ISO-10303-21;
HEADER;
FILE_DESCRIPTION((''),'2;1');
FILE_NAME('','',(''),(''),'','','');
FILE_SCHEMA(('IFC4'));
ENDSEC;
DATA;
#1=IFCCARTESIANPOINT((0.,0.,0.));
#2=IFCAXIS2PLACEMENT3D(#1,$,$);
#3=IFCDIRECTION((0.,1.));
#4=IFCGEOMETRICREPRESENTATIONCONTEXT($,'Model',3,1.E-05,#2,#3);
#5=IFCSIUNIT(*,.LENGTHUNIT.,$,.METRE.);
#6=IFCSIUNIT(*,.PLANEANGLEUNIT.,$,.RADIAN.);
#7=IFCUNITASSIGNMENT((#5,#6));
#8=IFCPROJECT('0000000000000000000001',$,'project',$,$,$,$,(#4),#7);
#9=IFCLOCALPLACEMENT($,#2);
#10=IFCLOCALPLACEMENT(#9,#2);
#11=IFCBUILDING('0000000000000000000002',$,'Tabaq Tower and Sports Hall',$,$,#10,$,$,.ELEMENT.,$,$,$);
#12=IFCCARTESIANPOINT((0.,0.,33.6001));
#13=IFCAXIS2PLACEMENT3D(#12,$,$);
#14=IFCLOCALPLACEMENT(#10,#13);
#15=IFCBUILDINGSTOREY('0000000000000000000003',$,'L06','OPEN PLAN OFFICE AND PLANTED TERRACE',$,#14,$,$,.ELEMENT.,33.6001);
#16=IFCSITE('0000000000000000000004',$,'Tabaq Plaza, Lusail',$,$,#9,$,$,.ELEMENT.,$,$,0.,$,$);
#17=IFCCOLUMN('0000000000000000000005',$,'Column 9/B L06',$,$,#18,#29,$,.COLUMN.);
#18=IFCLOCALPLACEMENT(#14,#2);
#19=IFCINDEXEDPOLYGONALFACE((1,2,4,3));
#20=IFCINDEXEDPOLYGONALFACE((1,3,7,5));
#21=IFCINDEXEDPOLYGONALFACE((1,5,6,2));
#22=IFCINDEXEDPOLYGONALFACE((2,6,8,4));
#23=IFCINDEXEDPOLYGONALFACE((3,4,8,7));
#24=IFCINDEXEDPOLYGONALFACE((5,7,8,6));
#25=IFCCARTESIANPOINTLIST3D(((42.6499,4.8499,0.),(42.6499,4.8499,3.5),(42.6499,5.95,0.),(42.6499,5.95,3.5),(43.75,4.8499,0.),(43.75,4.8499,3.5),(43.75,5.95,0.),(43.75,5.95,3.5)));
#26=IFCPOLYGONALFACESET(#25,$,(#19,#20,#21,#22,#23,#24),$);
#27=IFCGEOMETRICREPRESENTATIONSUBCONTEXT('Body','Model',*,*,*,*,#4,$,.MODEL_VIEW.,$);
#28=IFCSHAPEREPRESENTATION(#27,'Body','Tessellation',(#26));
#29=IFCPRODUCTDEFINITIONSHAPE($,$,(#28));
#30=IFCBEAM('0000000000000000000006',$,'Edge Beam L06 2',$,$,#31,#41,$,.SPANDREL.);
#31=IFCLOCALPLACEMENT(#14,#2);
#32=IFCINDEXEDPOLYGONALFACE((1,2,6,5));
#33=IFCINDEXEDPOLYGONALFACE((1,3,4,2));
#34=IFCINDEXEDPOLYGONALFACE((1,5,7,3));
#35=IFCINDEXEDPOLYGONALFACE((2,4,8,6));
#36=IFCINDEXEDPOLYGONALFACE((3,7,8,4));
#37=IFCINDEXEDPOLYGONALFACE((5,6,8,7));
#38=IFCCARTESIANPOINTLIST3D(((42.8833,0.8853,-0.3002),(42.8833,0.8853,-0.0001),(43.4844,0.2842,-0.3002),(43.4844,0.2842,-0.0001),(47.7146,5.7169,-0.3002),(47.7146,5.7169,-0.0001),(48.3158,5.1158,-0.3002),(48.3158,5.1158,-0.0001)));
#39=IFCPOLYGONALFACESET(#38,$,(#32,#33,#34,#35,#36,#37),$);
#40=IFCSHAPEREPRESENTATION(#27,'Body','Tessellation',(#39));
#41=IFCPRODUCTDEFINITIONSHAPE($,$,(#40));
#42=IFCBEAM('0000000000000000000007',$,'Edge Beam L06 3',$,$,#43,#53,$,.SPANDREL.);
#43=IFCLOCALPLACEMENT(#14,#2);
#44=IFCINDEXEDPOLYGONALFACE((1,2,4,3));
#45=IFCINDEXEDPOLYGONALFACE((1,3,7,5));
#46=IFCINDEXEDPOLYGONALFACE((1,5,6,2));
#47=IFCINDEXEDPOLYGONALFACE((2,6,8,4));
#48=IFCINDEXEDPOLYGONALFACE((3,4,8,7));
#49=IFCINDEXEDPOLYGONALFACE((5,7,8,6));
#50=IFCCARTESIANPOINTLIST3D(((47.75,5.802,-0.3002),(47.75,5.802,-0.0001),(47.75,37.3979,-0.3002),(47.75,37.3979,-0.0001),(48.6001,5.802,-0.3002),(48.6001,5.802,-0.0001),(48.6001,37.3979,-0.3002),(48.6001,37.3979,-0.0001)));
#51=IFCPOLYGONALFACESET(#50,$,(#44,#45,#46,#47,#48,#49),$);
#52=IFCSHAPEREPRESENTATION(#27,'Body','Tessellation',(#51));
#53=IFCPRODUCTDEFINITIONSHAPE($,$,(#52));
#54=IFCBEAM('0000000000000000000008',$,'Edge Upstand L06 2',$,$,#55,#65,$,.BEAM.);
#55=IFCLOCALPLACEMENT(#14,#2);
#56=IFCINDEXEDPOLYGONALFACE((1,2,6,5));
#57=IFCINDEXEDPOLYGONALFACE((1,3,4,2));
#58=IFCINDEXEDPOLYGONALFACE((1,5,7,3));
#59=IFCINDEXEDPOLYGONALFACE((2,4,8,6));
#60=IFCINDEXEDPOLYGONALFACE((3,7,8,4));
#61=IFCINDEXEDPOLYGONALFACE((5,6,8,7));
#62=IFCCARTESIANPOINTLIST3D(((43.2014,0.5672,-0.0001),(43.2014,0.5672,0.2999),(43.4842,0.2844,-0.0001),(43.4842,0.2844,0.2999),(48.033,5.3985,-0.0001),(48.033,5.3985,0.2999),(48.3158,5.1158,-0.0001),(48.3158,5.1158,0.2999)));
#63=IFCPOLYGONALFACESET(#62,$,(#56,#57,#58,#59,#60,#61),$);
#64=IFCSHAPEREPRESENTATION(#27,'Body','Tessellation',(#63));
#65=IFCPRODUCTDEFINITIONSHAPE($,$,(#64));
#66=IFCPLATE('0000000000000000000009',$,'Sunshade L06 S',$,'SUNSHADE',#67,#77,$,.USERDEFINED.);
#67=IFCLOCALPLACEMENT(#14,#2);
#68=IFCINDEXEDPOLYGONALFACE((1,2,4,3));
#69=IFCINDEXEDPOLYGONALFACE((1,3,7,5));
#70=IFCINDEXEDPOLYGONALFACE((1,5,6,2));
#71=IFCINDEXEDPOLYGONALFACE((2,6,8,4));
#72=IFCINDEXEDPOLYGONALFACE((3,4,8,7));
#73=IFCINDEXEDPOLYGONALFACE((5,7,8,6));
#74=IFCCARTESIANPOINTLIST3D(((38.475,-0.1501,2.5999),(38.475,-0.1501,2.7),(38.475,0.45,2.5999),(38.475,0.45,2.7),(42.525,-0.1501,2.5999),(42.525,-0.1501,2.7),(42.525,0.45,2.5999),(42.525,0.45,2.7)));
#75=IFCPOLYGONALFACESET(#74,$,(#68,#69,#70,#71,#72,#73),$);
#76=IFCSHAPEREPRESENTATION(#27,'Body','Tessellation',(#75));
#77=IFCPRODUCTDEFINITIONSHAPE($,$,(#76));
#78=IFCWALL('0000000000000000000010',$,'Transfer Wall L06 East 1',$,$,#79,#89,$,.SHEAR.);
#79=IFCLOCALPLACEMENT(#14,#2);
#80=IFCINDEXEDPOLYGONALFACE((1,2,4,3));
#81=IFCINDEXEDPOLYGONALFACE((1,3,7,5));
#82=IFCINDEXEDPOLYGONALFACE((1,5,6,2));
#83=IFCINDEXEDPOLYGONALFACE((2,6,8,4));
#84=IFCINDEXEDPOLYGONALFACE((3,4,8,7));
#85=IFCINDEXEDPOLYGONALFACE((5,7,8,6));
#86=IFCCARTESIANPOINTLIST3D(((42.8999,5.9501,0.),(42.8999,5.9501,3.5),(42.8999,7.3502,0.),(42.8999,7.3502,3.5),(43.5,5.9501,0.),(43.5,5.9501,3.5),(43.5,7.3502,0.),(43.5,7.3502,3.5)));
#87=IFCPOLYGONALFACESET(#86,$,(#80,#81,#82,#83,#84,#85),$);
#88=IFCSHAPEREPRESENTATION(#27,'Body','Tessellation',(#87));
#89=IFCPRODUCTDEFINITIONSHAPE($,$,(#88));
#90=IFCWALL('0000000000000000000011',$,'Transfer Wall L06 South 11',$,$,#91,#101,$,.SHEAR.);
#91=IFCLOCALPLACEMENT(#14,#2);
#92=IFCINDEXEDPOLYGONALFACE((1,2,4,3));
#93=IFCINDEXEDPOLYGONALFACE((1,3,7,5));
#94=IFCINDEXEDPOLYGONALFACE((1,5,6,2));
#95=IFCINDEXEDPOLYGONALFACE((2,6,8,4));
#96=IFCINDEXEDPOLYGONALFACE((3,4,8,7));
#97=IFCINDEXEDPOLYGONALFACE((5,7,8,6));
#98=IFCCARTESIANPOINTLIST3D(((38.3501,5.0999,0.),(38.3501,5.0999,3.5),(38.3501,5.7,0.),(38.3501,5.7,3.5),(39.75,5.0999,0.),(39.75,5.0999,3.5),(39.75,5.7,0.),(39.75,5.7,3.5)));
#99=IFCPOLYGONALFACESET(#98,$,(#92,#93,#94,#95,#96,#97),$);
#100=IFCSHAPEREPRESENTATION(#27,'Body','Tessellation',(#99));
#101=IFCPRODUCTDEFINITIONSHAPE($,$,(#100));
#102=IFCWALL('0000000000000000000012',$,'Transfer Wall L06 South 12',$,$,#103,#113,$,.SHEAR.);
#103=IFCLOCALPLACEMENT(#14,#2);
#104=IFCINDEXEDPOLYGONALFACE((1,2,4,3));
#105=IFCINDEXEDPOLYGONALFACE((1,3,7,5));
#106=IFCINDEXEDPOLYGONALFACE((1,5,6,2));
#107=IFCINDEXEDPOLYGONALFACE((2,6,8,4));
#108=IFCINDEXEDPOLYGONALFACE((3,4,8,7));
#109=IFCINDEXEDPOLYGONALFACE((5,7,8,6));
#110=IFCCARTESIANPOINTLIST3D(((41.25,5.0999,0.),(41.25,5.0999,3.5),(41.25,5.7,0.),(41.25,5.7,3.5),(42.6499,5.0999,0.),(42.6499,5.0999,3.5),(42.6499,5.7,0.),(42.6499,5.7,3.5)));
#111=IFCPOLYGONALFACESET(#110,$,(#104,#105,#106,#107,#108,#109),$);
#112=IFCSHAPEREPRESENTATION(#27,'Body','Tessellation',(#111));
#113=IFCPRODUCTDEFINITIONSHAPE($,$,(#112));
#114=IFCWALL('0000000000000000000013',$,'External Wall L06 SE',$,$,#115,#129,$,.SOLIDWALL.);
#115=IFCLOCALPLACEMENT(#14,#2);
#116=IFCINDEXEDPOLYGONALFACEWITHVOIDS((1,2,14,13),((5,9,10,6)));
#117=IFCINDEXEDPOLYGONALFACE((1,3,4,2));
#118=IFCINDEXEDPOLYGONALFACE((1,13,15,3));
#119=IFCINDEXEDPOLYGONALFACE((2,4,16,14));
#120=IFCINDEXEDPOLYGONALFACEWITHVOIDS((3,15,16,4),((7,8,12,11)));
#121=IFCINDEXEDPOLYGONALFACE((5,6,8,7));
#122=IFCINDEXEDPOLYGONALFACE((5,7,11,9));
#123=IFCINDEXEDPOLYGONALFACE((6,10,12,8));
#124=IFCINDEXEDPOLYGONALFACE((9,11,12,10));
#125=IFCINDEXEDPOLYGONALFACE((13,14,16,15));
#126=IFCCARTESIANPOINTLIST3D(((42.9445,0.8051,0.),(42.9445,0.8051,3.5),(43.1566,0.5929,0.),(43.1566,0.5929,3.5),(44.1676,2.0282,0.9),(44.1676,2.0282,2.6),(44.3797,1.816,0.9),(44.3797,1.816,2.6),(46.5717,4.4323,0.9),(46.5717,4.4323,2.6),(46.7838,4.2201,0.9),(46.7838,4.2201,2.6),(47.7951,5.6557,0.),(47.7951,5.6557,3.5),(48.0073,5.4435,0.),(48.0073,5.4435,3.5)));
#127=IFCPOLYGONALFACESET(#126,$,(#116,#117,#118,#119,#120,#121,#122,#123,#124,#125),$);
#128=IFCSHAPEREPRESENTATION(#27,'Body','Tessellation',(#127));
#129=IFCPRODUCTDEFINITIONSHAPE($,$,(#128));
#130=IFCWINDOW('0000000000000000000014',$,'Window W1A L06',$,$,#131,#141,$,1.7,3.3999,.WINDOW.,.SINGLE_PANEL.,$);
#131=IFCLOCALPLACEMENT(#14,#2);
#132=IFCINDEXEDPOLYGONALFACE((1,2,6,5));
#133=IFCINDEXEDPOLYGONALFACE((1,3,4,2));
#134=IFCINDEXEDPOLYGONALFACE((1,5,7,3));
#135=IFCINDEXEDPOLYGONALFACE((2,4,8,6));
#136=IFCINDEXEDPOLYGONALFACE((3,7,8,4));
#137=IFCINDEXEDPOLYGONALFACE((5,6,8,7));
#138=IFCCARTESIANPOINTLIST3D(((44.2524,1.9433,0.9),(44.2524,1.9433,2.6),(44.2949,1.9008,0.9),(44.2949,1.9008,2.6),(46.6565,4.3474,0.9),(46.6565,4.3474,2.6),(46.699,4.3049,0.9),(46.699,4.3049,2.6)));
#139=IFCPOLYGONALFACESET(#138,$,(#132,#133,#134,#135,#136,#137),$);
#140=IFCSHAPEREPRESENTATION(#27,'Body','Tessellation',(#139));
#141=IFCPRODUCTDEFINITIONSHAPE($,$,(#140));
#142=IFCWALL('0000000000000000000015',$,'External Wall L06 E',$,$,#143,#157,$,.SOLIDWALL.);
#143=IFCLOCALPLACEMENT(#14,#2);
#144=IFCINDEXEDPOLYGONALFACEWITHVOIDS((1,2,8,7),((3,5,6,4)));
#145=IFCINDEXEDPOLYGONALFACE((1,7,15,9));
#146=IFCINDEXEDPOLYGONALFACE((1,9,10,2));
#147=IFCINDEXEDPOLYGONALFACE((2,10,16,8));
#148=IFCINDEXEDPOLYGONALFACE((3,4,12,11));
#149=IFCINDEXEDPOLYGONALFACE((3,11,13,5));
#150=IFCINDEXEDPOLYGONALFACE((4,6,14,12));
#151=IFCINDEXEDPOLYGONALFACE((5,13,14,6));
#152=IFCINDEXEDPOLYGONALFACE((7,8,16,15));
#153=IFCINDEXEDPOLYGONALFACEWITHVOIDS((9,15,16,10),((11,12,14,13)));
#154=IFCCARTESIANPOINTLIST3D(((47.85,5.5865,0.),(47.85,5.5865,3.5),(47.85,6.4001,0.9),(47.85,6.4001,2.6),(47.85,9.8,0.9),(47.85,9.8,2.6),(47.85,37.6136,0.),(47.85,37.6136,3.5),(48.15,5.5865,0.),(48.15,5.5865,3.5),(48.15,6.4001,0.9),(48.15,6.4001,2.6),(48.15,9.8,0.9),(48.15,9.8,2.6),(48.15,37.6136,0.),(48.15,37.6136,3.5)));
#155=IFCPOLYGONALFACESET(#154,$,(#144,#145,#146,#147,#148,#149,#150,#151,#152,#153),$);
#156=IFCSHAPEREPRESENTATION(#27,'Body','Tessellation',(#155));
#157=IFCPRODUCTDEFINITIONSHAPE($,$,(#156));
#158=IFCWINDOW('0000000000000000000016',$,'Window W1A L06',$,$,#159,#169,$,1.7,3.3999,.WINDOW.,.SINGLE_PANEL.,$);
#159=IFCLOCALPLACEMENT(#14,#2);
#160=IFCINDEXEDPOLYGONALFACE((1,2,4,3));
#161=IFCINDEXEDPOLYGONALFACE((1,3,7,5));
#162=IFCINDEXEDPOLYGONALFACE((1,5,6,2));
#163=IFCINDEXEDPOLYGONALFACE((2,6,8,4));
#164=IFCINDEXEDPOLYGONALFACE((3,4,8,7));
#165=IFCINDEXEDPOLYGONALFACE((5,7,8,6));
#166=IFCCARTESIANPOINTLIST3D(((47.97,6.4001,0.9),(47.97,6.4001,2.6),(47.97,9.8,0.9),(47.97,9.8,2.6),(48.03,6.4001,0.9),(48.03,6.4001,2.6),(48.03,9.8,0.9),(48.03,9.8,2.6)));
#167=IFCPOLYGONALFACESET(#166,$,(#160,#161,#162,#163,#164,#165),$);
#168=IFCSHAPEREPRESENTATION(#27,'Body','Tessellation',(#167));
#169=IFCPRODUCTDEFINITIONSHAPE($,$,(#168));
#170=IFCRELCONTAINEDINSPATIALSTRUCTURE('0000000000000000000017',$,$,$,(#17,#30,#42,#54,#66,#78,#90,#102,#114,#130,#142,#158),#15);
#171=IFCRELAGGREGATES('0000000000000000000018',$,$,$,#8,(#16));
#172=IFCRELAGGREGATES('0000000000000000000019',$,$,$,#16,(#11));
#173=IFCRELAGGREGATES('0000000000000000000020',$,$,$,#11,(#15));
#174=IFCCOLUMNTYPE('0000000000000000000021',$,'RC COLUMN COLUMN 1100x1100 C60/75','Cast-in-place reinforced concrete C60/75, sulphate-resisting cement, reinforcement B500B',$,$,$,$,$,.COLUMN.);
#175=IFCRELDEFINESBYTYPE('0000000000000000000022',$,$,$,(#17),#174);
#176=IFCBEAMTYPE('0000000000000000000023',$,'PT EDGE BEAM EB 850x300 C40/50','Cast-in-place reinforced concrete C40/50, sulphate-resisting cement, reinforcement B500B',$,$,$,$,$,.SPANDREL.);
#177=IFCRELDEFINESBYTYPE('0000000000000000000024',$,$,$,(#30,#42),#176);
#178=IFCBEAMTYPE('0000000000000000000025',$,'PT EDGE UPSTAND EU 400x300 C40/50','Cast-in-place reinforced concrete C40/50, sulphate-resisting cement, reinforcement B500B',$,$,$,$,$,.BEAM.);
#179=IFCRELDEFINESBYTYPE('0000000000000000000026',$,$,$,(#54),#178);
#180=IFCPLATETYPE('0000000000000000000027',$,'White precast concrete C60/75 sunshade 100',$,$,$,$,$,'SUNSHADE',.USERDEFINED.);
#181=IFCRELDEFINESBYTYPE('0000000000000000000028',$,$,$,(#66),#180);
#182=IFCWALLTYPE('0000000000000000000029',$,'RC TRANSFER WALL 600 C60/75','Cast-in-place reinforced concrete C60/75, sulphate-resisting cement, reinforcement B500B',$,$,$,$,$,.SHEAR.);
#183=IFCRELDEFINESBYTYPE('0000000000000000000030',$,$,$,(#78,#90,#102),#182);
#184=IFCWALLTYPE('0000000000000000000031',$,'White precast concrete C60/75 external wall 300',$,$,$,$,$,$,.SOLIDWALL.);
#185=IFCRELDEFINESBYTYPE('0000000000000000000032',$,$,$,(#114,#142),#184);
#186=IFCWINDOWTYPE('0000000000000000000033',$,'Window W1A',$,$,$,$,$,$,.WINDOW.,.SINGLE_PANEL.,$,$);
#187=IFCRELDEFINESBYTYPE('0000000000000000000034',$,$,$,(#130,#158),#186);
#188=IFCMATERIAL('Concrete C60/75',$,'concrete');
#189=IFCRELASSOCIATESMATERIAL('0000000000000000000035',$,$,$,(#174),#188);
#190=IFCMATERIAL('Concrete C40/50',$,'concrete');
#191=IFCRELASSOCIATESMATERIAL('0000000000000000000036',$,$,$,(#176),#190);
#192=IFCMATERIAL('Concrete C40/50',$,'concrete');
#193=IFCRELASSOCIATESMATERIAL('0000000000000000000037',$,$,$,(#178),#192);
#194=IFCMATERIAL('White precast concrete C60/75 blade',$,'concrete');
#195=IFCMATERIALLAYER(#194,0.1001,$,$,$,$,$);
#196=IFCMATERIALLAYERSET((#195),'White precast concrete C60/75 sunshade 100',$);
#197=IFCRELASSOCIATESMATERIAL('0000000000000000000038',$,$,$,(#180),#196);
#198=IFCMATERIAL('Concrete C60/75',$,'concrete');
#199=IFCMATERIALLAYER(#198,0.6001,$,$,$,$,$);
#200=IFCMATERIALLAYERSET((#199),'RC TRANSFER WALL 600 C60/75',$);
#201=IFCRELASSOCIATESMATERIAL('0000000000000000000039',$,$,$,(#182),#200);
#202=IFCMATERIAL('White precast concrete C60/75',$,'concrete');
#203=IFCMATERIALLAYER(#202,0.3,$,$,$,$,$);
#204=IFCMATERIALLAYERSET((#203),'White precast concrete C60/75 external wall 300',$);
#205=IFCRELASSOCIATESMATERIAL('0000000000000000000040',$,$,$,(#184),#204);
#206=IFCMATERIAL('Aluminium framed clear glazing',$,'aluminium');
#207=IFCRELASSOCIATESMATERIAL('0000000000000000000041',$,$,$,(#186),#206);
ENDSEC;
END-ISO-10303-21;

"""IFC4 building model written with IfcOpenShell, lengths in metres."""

from ifc_helpers import new_model, si_unit, direction, frame, frame_2d, origin, origin_2d, place, context, subcontext, project, spatial, rectangle, extrude, material, layer, layer_set, material_profile, profile_set, type_object, element, fill, save


model = new_model("IFC4")

# Units and contexts
model_context = context("Model", 3, precision=1e-05, world=origin(), true_north=direction((0.0, 1.0)))
body_context = subcontext(model_context, "Body", "Model", "MODEL_VIEW")
ifc_project = project(units=[si_unit("LENGTHUNIT", "METRE"), si_unit("PLANEANGLEUNIT", "RADIAN")], contexts=[model_context])

# Site, building, storey
site_placement = place(None, origin())
site = spatial("IfcSite", under=ifc_project, at=site_placement, Name="Tabaq Plaza, Lusail", CompositionType="ELEMENT", RefElevation=0.0)
building_placement = place(site_placement, origin())
building = spatial("IfcBuilding", under=site, at=building_placement, Name="Tabaq Tower and Sports Hall", CompositionType="ELEMENT")
storey_placement = place(building_placement, frame((0.0, 0.0, 33.6001)))
storey = spatial("IfcBuildingStorey", under=building, at=storey_placement, Name="L06", Description="OPEN PLAN OFFICE AND PLANTED TERRACE", CompositionType="ELEMENT", Elevation=33.6001)

# Column
ifc_material_1 = material(Name="Concrete C60/75", Category="concrete")
ifc_material_profile_1 = material_profile(ifc_material_1, rectangle(XDim=1.1001, YDim=1.1001, at=origin_2d()), Name="COLUMN 1100x1100")
ifc_profile_set_1 = profile_set([ifc_material_profile_1], Name="Concrete C60/75")
column_type = type_object("IfcColumnType", Name="RC COLUMN COLUMN 1100x1100 C60/75", Description="Cast-in-place reinforced concrete C60/75, sulphate-resisting cement, reinforcement B500B", PredefinedType="COLUMN", material=ifc_profile_set_1)
column_placement = place(storey_placement, frame((43.2, 5.3999, 0.0), z_axis=(0.0, 0.0, 1.0), x_axis=(1.0, 0.0, 0.0)))
element("IfcColumn", 1, at=column_placement, inside=storey, type_object=column_type, Name="Column 9/B L06", PredefinedType="COLUMN", context=body_context, shape_type="SweptSolid", body=[
    extrude(rectangle(XDim=1.1001, YDim=1.1001, at=origin_2d()), origin(), (0.0, 0.0, 1.0), 3.5),
])

# Beams
ifc_material_2 = material(Name="Concrete C40/50", Category="concrete")
ifc_material_profile_2 = material_profile(ifc_material_2, rectangle(XDim=0.8501, YDim=0.3, at=origin_2d()), Name="EB 850x300")
ifc_profile_set_2 = profile_set([ifc_material_profile_2], Name="Concrete C40/50")
beam_type_1 = type_object("IfcBeamType", Name="PT EDGE BEAM EB 850x300 C40/50", Description="Cast-in-place reinforced concrete C40/50, sulphate-resisting cement, reinforcement B500B", PredefinedType="SPANDREL", material=ifc_profile_set_2)
beam_1_placement = place(storey_placement, frame((43.1838, 0.5847, -0.1501), z_axis=(0.707089, 0.707125, 0.0), x_axis=(-0.707125, 0.707089, 0.0)))
element("IfcBeam", 2, at=beam_1_placement, inside=storey, type_object=beam_type_1, Name="Edge Beam L06 2", PredefinedType="SPANDREL", context=body_context, shape_type="SweptSolid", body=[
    extrude(rectangle(XDim=0.8501, YDim=0.3, at=origin_2d()), origin(), (0.0, 0.0, 1.0), 6.8328),
])
beam_2_placement = place(storey_placement, frame((48.175, 5.802, -0.1501), z_axis=(0.0, 1.0, 0.0), x_axis=(-1.0, 0.0, 0.0)))
element("IfcBeam", 3, at=beam_2_placement, inside=storey, type_object=beam_type_1, Name="Edge Beam L06 3", PredefinedType="SPANDREL", context=body_context, shape_type="SweptSolid", body=[
    extrude(rectangle(XDim=0.8501, YDim=0.3, at=origin_2d()), origin(), (0.0, 0.0, 1.0), 31.5959),
])
ifc_material_3 = material(Name="Concrete C40/50", Category="concrete")
ifc_material_profile_3 = material_profile(ifc_material_3, rectangle(XDim=0.3999, YDim=0.3, at=origin_2d()), Name="EU 400x300")
ifc_profile_set_3 = profile_set([ifc_material_profile_3], Name="Concrete C40/50")
beam_type_2 = type_object("IfcBeamType", Name="PT EDGE UPSTAND EU 400x300 C40/50", Description="Cast-in-place reinforced concrete C40/50, sulphate-resisting cement, reinforcement B500B", PredefinedType="BEAM", material=ifc_profile_set_3)
beam_3_placement = place(storey_placement, frame((43.3428, 0.4258, 0.1499), z_axis=(0.707125, 0.707089, 0.0), x_axis=(-0.707089, 0.707125, 0.0)))
element("IfcBeam", 4, at=beam_3_placement, inside=storey, type_object=beam_type_2, Name="Edge Upstand L06 2", PredefinedType="BEAM", context=body_context, shape_type="SweptSolid", body=[
    extrude(rectangle(XDim=0.3999, YDim=0.3, at=origin_2d()), origin(), (0.0, 0.0, 1.0), 6.8328),
])

# Plate
ifc_material_4 = material(Name="White precast concrete C60/75 blade", Category="concrete")
ifc_layer_1 = layer(ifc_material_4, 0.1001)
ifc_layer_set_1 = layer_set([ifc_layer_1], Name="White precast concrete C60/75 sunshade 100")
plate_type = type_object("IfcPlateType", Name="White precast concrete C60/75 sunshade 100", ElementType="SUNSHADE", PredefinedType="USERDEFINED", material=ifc_layer_set_1)
plate_placement = place(storey_placement, frame((40.5, 0.1499, 2.5999), z_axis=(0.0, 0.0, 1.0), x_axis=(1.0, 0.0, 0.0)))
element("IfcPlate", 5, at=plate_placement, inside=storey, type_object=plate_type, Name="Sunshade L06 S", ObjectType="SUNSHADE", PredefinedType="USERDEFINED", context=body_context, shape_type="SweptSolid", body=[
    extrude(rectangle(XDim=4.05, YDim=0.6001, at=origin_2d()), origin(), (0.0, 0.0, 1.0), 0.1001),
])

# Walls
ifc_material_5 = material(Name="Concrete C60/75", Category="concrete")
ifc_layer_2 = layer(ifc_material_5, 0.6001)
ifc_layer_set_2 = layer_set([ifc_layer_2], Name="RC TRANSFER WALL 600 C60/75")
wall_type_1 = type_object("IfcWallType", Name="RC TRANSFER WALL 600 C60/75", Description="Cast-in-place reinforced concrete C60/75, sulphate-resisting cement, reinforcement B500B", PredefinedType="SHEAR", material=ifc_layer_set_2)
wall_1_placement = place(storey_placement, frame((43.2, 5.95, 0.0), z_axis=(0.0, 0.0, 1.0), x_axis=(0.0, 1.0, 0.0)))
element("IfcWall", 6, at=wall_1_placement, inside=storey, type_object=wall_type_1, Name="Transfer Wall L06 East 1", PredefinedType="SHEAR", context=body_context, shape_type="SweptSolid", body=[
    extrude(rectangle(XDim=1.4001, YDim=0.6001, at=frame_2d((0.7002, 0.0))), origin(), (0.0, 0.0, 1.0), 3.5),
])
for number, where, z_axis, x_axis, name in (
    (7, (38.3501, 5.3999, 0.0), (0.0, 0.0, 1.0), (1.0, 0.0, 0.0), "Transfer Wall L06 South 11"),
    (8, (41.25, 5.3999, 0.0), (0.0, 0.0, 1.0), (1.0, 0.0, 0.0), "Transfer Wall L06 South 12"),
):
    element("IfcWall", number, at=place(storey_placement, frame(where, z_axis=z_axis, x_axis=x_axis)), inside=storey, type_object=wall_type_1, Name=name, PredefinedType="SHEAR", context=body_context, shape_type="SweptSolid", body=[
        extrude(rectangle(XDim=1.3999, YDim=0.6001, at=frame_2d((0.7, 0.0))), origin(), (0.0, 0.0, 1.0), 3.5),
    ])

# Walls, openings, windows
ifc_material_6 = material(Name="White precast concrete C60/75", Category="concrete")
ifc_layer_3 = layer(ifc_material_6, 0.3)
ifc_layer_set_3 = layer_set([ifc_layer_3], Name="White precast concrete C60/75 external wall 300")
wall_type_2 = type_object("IfcWallType", Name="White precast concrete C60/75 external wall 300", PredefinedType="SOLIDWALL", material=ifc_layer_set_3)
wall_2_placement = place(storey_placement, frame((43.0505, 0.699, 0.0), z_axis=(0.0, 0.0, 1.0), x_axis=(0.707107, 0.707107, 0.0)))
wall_2 = element("IfcWall", 9, at=wall_2_placement, inside=storey, type_object=wall_type_2, Name="External Wall L06 SE", PredefinedType="SOLIDWALL", context=body_context, shape_type="SweptSolid", body=[
    extrude(rectangle(XDim=6.8599, YDim=0.3, at=frame_2d((3.4299, 0.0))), origin(), (0.0, 0.0, 1.0), 3.5),
])
opening_1_placement = place(wall_2_placement, frame((1.7297, 0.0, 0.8999)))
opening_1 = element("IfcOpeningElement", 10, at=opening_1_placement, cuts=wall_2, PredefinedType="OPENING", context=body_context, shape_type="SweptSolid", body=[
    extrude(rectangle(XDim=3.3999, YDim=1.7, at=frame_2d((1.7, 0.8501))), frame((0.0, 0.1602, 0.0), z_axis=(0.0, -1.0, 0.0), x_axis=(1.0, 0.0, 0.0)), (0.0, 0.0, 1.0), 0.3201),
])
ifc_material_7 = material(Name="Aluminium framed clear glazing", Category="aluminium")
window_type = type_object("IfcWindowType", Name="Window W1A", PartitioningType="SINGLE_PANEL", PredefinedType="WINDOW", material=ifc_material_7)
window_1_placement = place(opening_1_placement, origin())
window_1 = element("IfcWindow", 11, at=window_1_placement, inside=storey, type_object=window_type, Name="Window W1A L06", OverallHeight=1.7, OverallWidth=3.3999, PartitioningType="SINGLE_PANEL", PredefinedType="WINDOW", context=body_context, shape_type="SweptSolid", body=[
    extrude(rectangle(XDim=3.3999, YDim=1.7, at=frame_2d((1.7, 0.8501))), frame((0.0, 0.03, 0.0), z_axis=(0.0, -1.0, 0.0), x_axis=(1.0, 0.0, 0.0)), (0.0, 0.0, 1.0), 0.0601),
])
fill(opening_1, window_1)
wall_3_placement = place(storey_placement, frame((48.0, 5.5864, 0.0), z_axis=(0.0, 0.0, 1.0), x_axis=(0.0, 1.0, 0.0)))
wall_3 = element("IfcWall", 12, at=wall_3_placement, inside=storey, type_object=wall_type_2, Name="External Wall L06 E", PredefinedType="SOLIDWALL", context=body_context, shape_type="SweptSolid", body=[
    extrude(rectangle(XDim=32.0271, YDim=0.3, at=frame_2d((16.0137, 0.0))), origin(), (0.0, 0.0, 1.0), 3.5),
])
opening_2_placement = place(wall_3_placement, frame((0.8137, 0.0, 0.8999)))
opening_2 = element("IfcOpeningElement", 13, at=opening_2_placement, cuts=wall_3, PredefinedType="OPENING", context=body_context, shape_type="SweptSolid", body=[
    extrude(rectangle(XDim=3.3999, YDim=1.7, at=frame_2d((1.7, 0.8501))), frame((0.0, 0.1602, 0.0), z_axis=(0.0, -1.0, 0.0), x_axis=(1.0, 0.0, 0.0)), (0.0, 0.0, 1.0), 0.3201),
])
window_2_placement = place(opening_2_placement, origin())
window_2 = element("IfcWindow", 14, at=window_2_placement, inside=storey, type_object=window_type, Name="Window W1A L06", OverallHeight=1.7, OverallWidth=3.3999, PartitioningType="SINGLE_PANEL", PredefinedType="WINDOW", context=body_context, shape_type="SweptSolid", body=[
    extrude(rectangle(XDim=3.3999, YDim=1.7, at=frame_2d((1.7, 0.8501))), frame((0.0, 0.03, 0.0), z_axis=(0.0, -1.0, 0.0), x_axis=(1.0, 0.0, 0.0)), (0.0, 0.0, 1.0), 0.0601),
])
fill(opening_2, window_2)

save(model, "model.ifc")
